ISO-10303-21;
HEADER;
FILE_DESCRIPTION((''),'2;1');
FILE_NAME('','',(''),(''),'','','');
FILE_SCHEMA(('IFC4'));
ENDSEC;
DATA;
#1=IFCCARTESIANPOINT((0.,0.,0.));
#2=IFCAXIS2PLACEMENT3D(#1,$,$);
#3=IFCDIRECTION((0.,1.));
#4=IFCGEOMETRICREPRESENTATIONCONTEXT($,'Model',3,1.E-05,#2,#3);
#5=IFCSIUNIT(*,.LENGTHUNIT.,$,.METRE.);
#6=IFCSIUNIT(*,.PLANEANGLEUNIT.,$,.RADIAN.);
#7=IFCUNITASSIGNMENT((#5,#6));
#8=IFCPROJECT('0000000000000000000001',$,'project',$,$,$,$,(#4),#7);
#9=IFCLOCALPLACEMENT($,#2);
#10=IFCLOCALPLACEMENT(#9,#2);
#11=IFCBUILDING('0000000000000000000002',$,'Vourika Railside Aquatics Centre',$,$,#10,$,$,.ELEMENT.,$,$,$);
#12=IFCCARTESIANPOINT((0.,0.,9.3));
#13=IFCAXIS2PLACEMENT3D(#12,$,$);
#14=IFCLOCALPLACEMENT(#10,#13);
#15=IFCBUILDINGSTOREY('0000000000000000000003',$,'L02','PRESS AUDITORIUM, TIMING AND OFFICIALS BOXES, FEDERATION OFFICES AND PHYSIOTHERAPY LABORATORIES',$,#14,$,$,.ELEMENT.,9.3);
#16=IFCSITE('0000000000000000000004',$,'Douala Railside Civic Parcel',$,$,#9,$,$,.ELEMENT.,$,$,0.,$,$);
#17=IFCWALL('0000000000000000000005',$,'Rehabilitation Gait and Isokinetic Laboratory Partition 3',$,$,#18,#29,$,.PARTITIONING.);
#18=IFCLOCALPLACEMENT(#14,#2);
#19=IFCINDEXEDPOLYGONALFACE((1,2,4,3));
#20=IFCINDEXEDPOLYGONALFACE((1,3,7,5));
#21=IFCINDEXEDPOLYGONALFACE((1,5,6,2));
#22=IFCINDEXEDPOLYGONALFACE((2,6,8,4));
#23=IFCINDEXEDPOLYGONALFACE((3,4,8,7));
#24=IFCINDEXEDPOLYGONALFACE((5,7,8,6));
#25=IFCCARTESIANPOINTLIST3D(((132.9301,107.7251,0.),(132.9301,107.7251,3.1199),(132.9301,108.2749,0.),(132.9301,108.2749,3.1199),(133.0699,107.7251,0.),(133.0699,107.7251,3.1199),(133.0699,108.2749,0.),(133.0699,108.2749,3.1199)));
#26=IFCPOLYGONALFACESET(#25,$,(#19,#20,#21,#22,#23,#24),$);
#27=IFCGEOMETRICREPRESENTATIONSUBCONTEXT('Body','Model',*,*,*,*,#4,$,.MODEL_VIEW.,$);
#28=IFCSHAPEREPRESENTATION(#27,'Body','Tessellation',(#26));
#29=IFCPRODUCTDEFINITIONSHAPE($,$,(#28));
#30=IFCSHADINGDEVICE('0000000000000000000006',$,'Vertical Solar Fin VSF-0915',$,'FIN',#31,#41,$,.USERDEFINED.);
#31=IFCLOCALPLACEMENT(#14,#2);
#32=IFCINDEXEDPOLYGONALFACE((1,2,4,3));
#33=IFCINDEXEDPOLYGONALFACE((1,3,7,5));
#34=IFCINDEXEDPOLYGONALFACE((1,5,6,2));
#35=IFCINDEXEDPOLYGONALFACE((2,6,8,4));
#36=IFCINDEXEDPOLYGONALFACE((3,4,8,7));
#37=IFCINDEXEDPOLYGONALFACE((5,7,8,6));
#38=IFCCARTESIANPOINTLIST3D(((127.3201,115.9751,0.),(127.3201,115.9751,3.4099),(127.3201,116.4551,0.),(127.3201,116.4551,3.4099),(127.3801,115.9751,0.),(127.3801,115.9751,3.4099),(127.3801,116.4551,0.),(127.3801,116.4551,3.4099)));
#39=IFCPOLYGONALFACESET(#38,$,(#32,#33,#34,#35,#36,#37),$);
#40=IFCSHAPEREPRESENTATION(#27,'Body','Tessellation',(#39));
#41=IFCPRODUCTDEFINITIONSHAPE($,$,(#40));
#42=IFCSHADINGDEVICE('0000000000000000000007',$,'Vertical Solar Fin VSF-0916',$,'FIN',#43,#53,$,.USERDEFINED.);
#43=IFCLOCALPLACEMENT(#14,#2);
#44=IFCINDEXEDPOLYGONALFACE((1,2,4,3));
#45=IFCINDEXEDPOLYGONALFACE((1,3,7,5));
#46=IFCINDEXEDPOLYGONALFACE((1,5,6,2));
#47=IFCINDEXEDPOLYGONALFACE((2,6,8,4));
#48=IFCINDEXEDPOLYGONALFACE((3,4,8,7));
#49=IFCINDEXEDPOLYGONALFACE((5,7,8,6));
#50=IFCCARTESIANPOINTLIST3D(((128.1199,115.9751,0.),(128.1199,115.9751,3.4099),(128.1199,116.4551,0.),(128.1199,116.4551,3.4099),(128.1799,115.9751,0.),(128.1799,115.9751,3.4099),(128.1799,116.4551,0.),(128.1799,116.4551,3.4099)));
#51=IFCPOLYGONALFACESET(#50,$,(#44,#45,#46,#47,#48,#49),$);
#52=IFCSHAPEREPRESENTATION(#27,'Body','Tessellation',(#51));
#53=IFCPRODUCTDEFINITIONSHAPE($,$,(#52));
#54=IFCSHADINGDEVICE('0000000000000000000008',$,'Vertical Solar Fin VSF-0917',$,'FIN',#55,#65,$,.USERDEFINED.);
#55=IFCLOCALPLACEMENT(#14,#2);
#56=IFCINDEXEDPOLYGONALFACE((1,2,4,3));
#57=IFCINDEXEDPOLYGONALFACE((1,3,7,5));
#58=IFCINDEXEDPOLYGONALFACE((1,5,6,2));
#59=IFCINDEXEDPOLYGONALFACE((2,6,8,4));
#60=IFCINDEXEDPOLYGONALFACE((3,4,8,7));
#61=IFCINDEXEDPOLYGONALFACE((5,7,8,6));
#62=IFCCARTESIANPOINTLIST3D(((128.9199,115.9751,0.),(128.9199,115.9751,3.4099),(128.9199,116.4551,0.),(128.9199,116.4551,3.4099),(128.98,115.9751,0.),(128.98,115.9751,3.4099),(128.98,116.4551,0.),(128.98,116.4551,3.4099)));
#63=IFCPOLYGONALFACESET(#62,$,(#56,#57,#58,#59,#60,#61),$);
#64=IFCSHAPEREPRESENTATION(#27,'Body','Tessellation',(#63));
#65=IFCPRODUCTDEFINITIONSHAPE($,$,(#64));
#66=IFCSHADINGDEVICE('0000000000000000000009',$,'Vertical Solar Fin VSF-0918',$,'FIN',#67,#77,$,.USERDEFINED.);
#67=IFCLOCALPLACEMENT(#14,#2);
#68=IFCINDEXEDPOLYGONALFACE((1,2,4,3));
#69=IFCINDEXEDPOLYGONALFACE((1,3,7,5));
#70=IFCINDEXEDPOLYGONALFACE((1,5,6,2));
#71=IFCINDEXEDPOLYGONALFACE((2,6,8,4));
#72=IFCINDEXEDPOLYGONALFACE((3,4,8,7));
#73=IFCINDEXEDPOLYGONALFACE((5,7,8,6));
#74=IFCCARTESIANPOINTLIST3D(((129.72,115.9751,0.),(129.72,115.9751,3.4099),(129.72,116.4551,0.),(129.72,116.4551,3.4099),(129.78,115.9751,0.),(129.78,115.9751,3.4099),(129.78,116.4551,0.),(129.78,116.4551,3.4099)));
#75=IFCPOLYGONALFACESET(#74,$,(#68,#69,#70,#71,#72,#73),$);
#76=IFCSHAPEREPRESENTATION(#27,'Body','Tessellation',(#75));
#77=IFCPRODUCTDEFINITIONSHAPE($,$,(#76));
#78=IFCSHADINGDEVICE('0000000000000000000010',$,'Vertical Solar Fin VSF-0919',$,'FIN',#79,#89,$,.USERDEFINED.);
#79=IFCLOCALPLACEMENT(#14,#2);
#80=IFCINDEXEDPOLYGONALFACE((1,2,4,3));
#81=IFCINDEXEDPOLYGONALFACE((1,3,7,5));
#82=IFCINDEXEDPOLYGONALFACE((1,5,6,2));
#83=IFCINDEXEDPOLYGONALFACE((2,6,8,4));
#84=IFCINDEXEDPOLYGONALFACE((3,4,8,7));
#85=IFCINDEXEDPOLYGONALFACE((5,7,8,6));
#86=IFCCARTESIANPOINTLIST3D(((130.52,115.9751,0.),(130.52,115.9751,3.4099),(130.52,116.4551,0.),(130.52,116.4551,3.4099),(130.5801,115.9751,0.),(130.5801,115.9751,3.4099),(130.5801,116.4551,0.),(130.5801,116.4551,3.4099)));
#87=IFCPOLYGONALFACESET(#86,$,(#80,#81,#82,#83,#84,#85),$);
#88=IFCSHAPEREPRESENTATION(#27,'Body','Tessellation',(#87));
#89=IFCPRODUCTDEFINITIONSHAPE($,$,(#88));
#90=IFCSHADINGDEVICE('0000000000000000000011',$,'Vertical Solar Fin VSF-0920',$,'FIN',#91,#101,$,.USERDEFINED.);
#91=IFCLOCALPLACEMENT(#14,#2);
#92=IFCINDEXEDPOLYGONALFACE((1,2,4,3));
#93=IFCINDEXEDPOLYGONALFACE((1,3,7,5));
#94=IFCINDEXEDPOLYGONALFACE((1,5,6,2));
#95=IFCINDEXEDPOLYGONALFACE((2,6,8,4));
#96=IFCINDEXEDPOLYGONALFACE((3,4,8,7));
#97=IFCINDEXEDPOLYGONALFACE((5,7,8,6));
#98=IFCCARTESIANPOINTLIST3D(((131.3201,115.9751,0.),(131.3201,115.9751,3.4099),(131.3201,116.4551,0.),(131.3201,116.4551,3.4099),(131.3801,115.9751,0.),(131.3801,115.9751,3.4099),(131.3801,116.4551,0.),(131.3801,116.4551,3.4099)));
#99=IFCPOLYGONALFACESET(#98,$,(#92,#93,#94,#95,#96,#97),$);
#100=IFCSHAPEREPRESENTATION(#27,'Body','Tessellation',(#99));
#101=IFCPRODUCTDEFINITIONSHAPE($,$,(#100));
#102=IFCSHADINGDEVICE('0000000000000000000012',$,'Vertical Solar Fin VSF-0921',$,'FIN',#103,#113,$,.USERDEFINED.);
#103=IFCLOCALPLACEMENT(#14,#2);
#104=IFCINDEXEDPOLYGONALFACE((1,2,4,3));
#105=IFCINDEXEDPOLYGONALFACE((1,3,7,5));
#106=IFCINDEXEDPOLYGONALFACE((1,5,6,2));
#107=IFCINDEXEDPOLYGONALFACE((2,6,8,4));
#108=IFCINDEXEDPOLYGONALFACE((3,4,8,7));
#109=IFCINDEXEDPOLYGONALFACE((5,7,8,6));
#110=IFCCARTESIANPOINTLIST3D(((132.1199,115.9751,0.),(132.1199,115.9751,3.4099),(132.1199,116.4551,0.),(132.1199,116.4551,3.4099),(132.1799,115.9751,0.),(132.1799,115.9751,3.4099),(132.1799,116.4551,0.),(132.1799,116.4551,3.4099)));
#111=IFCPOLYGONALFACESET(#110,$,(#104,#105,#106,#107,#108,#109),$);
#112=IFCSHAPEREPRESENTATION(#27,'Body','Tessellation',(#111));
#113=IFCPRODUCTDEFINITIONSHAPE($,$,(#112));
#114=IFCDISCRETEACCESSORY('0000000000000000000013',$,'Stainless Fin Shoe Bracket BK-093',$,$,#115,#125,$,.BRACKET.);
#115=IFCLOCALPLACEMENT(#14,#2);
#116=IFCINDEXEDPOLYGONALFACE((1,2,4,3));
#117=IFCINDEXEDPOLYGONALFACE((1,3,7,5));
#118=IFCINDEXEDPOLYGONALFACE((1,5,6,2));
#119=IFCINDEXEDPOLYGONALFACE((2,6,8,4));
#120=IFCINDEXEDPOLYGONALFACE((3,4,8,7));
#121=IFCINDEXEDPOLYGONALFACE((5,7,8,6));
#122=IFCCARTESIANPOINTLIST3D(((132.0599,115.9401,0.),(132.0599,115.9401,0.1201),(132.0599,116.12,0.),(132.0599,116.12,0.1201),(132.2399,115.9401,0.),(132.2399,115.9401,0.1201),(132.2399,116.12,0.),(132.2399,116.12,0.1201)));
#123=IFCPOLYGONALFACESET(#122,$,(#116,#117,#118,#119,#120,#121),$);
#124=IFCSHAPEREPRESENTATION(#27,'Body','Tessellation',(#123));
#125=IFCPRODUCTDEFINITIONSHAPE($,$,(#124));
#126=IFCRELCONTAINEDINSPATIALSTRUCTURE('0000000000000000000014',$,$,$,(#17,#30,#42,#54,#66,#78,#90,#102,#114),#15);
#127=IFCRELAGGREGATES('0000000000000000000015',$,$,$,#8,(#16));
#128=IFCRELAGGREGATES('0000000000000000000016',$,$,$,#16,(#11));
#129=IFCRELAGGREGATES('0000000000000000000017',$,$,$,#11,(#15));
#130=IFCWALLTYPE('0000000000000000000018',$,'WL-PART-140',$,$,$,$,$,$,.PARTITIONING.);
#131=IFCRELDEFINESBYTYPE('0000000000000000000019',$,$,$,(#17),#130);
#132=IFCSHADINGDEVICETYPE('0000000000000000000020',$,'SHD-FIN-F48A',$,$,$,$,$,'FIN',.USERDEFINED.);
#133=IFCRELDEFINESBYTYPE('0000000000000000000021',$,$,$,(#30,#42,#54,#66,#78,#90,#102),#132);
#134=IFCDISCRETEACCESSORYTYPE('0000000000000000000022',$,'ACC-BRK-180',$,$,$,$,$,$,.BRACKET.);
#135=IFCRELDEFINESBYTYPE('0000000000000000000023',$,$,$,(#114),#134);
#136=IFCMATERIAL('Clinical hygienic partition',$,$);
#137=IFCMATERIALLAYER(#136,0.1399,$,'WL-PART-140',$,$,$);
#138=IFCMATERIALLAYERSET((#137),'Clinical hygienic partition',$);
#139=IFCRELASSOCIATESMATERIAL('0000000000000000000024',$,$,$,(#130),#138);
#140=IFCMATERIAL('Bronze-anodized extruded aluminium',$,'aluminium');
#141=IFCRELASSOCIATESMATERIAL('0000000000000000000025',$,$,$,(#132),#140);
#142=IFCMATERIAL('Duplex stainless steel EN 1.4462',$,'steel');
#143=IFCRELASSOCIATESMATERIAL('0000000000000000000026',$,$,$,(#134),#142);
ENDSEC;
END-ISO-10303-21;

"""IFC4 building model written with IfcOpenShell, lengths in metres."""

from ifc_helpers import new_model, si_unit, direction, frame, frame_2d, origin, origin_2d, place, context, subcontext, project, spatial, rectangle, extrude, material, layer, layer_set, material_profile, profile_set, type_object, element, save


model = new_model("IFC4")

# Units and contexts
model_context = context("Model", 3, precision=1e-05, world=origin(), true_north=direction((0.0, 1.0)))
body_context = subcontext(model_context, "Body", "Model", "MODEL_VIEW")
ifc_project = project(units=[si_unit("LENGTHUNIT", "METRE"), si_unit("PLANEANGLEUNIT", "RADIAN")], contexts=[model_context])

# Site, building, storey
site_placement = place(None, origin())
site = spatial("IfcSite", under=ifc_project, at=site_placement, Name="Douala Railside Civic Parcel", CompositionType="ELEMENT", RefElevation=0.0)
building_placement = place(site_placement, origin())
building = spatial("IfcBuilding", under=site, at=building_placement, Name="Vourika Railside Aquatics Centre", CompositionType="ELEMENT")
storey_placement = place(building_placement, frame((0.0, 0.0, 9.3)))
storey = spatial("IfcBuildingStorey", under=building, at=storey_placement, Name="L02", Description="PRESS AUDITORIUM, TIMING AND OFFICIALS BOXES, FEDERATION OFFICES AND PHYSIOTHERAPY LABORATORIES", CompositionType="ELEMENT", Elevation=9.3)

# Wall
ifc_material_1 = material(Name="Clinical hygienic partition")
ifc_layer_1 = layer(ifc_material_1, 0.1399, Name="WL-PART-140")
ifc_layer_set_1 = layer_set([ifc_layer_1], Name="Clinical hygienic partition")
wall_type_1 = type_object("IfcWallType", Name="WL-PART-140", PredefinedType="PARTITIONING", material=ifc_layer_set_1)
wall_1_placement = place(storey_placement, frame((133.0, 108.2749, 0.0), z_axis=(0.0, 0.0, 1.0), x_axis=(0.0, -1.0, 0.0)))
element("IfcWall", 1, at=wall_1_placement, inside=storey, type_object=wall_type_1, Name="Rehabilitation Gait and Isokinetic Laboratory Partition 3", PredefinedType="PARTITIONING", context=body_context, shape_type="SweptSolid", body=[
    extrude(rectangle(XDim=0.5498, YDim=0.1399, at=frame_2d((0.2749, 0.0))), origin(), (0.0, 0.0, 1.0), 3.1199),
])

# Shading devices
ifc_material_2 = material(Name="Bronze-anodized extruded aluminium", Category="aluminium")
ifc_material_profile_1 = material_profile(ifc_material_2, rectangle(XDim=0.0601, YDim=0.48, at=origin_2d()), Name="ALU-FIN 60x480")
ifc_profile_set_1 = profile_set([ifc_material_profile_1], Name="Bronze-anodized extruded aluminium")
shading_device_type = type_object("IfcShadingDeviceType", Name="SHD-FIN-F48A", ElementType="FIN", PredefinedType="USERDEFINED", material=ifc_profile_set_1)
for number, where, z_axis, x_axis, name in (
    (2, (127.3501, 116.2151, 0.0), (0.0, 0.0, 1.0), (1.0, 0.0, 0.0), "Vertical Solar Fin VSF-0915"),
    (3, (128.1499, 116.2151, 0.0), (0.0, 0.0, 1.0), (1.0, 0.0, 0.0), "Vertical Solar Fin VSF-0916"),
    (4, (128.95, 116.2151, 0.0), (0.0, 0.0, 1.0), (1.0, 0.0, 0.0), "Vertical Solar Fin VSF-0917"),
    (5, (129.75, 116.2151, 0.0), (0.0, 0.0, 1.0), (1.0, 0.0, 0.0), "Vertical Solar Fin VSF-0918"),
    (6, (130.55, 116.2151, 0.0), (0.0, 0.0, 1.0), (1.0, 0.0, 0.0), "Vertical Solar Fin VSF-0919"),
    (7, (131.3501, 116.2151, 0.0), (0.0, 0.0, 1.0), (1.0, 0.0, 0.0), "Vertical Solar Fin VSF-0920"),
    (8, (132.1499, 116.2151, 0.0), (0.0, 0.0, 1.0), (1.0, 0.0, 0.0), "Vertical Solar Fin VSF-0921"),
):
    element("IfcShadingDevice", number, at=place(storey_placement, frame(where, z_axis=z_axis, x_axis=x_axis)), inside=storey, type_object=shading_device_type, Name=name, ObjectType="FIN", PredefinedType="USERDEFINED", context=body_context, shape_type="SweptSolid", body=[
        extrude(rectangle(XDim=0.0601, YDim=0.48, at=origin_2d()), origin(), (0.0, 0.0, 1.0), 3.4099),
    ])

# Discrete accessory
ifc_material_3 = material(Name="Duplex stainless steel EN 1.4462", Category="steel")
discrete_accessory_type = type_object("IfcDiscreteAccessoryType", Name="ACC-BRK-180", PredefinedType="BRACKET", material=ifc_material_3)
discrete_accessory_placement = place(storey_placement, frame((132.1499, 116.03, 0.0), z_axis=(0.0, 0.0, 1.0), x_axis=(0.0, 1.0, 0.0)))
element("IfcDiscreteAccessory", 9, at=discrete_accessory_placement, inside=storey, type_object=discrete_accessory_type, Name="Stainless Fin Shoe Bracket BK-093", PredefinedType="BRACKET", context=body_context, shape_type="SweptSolid", body=[
    extrude(rectangle(XDim=0.1799, YDim=0.1799, at=origin_2d()), origin(), (0.0, 0.0, 1.0), 0.1201),
])

save(model, "model.ifc")
